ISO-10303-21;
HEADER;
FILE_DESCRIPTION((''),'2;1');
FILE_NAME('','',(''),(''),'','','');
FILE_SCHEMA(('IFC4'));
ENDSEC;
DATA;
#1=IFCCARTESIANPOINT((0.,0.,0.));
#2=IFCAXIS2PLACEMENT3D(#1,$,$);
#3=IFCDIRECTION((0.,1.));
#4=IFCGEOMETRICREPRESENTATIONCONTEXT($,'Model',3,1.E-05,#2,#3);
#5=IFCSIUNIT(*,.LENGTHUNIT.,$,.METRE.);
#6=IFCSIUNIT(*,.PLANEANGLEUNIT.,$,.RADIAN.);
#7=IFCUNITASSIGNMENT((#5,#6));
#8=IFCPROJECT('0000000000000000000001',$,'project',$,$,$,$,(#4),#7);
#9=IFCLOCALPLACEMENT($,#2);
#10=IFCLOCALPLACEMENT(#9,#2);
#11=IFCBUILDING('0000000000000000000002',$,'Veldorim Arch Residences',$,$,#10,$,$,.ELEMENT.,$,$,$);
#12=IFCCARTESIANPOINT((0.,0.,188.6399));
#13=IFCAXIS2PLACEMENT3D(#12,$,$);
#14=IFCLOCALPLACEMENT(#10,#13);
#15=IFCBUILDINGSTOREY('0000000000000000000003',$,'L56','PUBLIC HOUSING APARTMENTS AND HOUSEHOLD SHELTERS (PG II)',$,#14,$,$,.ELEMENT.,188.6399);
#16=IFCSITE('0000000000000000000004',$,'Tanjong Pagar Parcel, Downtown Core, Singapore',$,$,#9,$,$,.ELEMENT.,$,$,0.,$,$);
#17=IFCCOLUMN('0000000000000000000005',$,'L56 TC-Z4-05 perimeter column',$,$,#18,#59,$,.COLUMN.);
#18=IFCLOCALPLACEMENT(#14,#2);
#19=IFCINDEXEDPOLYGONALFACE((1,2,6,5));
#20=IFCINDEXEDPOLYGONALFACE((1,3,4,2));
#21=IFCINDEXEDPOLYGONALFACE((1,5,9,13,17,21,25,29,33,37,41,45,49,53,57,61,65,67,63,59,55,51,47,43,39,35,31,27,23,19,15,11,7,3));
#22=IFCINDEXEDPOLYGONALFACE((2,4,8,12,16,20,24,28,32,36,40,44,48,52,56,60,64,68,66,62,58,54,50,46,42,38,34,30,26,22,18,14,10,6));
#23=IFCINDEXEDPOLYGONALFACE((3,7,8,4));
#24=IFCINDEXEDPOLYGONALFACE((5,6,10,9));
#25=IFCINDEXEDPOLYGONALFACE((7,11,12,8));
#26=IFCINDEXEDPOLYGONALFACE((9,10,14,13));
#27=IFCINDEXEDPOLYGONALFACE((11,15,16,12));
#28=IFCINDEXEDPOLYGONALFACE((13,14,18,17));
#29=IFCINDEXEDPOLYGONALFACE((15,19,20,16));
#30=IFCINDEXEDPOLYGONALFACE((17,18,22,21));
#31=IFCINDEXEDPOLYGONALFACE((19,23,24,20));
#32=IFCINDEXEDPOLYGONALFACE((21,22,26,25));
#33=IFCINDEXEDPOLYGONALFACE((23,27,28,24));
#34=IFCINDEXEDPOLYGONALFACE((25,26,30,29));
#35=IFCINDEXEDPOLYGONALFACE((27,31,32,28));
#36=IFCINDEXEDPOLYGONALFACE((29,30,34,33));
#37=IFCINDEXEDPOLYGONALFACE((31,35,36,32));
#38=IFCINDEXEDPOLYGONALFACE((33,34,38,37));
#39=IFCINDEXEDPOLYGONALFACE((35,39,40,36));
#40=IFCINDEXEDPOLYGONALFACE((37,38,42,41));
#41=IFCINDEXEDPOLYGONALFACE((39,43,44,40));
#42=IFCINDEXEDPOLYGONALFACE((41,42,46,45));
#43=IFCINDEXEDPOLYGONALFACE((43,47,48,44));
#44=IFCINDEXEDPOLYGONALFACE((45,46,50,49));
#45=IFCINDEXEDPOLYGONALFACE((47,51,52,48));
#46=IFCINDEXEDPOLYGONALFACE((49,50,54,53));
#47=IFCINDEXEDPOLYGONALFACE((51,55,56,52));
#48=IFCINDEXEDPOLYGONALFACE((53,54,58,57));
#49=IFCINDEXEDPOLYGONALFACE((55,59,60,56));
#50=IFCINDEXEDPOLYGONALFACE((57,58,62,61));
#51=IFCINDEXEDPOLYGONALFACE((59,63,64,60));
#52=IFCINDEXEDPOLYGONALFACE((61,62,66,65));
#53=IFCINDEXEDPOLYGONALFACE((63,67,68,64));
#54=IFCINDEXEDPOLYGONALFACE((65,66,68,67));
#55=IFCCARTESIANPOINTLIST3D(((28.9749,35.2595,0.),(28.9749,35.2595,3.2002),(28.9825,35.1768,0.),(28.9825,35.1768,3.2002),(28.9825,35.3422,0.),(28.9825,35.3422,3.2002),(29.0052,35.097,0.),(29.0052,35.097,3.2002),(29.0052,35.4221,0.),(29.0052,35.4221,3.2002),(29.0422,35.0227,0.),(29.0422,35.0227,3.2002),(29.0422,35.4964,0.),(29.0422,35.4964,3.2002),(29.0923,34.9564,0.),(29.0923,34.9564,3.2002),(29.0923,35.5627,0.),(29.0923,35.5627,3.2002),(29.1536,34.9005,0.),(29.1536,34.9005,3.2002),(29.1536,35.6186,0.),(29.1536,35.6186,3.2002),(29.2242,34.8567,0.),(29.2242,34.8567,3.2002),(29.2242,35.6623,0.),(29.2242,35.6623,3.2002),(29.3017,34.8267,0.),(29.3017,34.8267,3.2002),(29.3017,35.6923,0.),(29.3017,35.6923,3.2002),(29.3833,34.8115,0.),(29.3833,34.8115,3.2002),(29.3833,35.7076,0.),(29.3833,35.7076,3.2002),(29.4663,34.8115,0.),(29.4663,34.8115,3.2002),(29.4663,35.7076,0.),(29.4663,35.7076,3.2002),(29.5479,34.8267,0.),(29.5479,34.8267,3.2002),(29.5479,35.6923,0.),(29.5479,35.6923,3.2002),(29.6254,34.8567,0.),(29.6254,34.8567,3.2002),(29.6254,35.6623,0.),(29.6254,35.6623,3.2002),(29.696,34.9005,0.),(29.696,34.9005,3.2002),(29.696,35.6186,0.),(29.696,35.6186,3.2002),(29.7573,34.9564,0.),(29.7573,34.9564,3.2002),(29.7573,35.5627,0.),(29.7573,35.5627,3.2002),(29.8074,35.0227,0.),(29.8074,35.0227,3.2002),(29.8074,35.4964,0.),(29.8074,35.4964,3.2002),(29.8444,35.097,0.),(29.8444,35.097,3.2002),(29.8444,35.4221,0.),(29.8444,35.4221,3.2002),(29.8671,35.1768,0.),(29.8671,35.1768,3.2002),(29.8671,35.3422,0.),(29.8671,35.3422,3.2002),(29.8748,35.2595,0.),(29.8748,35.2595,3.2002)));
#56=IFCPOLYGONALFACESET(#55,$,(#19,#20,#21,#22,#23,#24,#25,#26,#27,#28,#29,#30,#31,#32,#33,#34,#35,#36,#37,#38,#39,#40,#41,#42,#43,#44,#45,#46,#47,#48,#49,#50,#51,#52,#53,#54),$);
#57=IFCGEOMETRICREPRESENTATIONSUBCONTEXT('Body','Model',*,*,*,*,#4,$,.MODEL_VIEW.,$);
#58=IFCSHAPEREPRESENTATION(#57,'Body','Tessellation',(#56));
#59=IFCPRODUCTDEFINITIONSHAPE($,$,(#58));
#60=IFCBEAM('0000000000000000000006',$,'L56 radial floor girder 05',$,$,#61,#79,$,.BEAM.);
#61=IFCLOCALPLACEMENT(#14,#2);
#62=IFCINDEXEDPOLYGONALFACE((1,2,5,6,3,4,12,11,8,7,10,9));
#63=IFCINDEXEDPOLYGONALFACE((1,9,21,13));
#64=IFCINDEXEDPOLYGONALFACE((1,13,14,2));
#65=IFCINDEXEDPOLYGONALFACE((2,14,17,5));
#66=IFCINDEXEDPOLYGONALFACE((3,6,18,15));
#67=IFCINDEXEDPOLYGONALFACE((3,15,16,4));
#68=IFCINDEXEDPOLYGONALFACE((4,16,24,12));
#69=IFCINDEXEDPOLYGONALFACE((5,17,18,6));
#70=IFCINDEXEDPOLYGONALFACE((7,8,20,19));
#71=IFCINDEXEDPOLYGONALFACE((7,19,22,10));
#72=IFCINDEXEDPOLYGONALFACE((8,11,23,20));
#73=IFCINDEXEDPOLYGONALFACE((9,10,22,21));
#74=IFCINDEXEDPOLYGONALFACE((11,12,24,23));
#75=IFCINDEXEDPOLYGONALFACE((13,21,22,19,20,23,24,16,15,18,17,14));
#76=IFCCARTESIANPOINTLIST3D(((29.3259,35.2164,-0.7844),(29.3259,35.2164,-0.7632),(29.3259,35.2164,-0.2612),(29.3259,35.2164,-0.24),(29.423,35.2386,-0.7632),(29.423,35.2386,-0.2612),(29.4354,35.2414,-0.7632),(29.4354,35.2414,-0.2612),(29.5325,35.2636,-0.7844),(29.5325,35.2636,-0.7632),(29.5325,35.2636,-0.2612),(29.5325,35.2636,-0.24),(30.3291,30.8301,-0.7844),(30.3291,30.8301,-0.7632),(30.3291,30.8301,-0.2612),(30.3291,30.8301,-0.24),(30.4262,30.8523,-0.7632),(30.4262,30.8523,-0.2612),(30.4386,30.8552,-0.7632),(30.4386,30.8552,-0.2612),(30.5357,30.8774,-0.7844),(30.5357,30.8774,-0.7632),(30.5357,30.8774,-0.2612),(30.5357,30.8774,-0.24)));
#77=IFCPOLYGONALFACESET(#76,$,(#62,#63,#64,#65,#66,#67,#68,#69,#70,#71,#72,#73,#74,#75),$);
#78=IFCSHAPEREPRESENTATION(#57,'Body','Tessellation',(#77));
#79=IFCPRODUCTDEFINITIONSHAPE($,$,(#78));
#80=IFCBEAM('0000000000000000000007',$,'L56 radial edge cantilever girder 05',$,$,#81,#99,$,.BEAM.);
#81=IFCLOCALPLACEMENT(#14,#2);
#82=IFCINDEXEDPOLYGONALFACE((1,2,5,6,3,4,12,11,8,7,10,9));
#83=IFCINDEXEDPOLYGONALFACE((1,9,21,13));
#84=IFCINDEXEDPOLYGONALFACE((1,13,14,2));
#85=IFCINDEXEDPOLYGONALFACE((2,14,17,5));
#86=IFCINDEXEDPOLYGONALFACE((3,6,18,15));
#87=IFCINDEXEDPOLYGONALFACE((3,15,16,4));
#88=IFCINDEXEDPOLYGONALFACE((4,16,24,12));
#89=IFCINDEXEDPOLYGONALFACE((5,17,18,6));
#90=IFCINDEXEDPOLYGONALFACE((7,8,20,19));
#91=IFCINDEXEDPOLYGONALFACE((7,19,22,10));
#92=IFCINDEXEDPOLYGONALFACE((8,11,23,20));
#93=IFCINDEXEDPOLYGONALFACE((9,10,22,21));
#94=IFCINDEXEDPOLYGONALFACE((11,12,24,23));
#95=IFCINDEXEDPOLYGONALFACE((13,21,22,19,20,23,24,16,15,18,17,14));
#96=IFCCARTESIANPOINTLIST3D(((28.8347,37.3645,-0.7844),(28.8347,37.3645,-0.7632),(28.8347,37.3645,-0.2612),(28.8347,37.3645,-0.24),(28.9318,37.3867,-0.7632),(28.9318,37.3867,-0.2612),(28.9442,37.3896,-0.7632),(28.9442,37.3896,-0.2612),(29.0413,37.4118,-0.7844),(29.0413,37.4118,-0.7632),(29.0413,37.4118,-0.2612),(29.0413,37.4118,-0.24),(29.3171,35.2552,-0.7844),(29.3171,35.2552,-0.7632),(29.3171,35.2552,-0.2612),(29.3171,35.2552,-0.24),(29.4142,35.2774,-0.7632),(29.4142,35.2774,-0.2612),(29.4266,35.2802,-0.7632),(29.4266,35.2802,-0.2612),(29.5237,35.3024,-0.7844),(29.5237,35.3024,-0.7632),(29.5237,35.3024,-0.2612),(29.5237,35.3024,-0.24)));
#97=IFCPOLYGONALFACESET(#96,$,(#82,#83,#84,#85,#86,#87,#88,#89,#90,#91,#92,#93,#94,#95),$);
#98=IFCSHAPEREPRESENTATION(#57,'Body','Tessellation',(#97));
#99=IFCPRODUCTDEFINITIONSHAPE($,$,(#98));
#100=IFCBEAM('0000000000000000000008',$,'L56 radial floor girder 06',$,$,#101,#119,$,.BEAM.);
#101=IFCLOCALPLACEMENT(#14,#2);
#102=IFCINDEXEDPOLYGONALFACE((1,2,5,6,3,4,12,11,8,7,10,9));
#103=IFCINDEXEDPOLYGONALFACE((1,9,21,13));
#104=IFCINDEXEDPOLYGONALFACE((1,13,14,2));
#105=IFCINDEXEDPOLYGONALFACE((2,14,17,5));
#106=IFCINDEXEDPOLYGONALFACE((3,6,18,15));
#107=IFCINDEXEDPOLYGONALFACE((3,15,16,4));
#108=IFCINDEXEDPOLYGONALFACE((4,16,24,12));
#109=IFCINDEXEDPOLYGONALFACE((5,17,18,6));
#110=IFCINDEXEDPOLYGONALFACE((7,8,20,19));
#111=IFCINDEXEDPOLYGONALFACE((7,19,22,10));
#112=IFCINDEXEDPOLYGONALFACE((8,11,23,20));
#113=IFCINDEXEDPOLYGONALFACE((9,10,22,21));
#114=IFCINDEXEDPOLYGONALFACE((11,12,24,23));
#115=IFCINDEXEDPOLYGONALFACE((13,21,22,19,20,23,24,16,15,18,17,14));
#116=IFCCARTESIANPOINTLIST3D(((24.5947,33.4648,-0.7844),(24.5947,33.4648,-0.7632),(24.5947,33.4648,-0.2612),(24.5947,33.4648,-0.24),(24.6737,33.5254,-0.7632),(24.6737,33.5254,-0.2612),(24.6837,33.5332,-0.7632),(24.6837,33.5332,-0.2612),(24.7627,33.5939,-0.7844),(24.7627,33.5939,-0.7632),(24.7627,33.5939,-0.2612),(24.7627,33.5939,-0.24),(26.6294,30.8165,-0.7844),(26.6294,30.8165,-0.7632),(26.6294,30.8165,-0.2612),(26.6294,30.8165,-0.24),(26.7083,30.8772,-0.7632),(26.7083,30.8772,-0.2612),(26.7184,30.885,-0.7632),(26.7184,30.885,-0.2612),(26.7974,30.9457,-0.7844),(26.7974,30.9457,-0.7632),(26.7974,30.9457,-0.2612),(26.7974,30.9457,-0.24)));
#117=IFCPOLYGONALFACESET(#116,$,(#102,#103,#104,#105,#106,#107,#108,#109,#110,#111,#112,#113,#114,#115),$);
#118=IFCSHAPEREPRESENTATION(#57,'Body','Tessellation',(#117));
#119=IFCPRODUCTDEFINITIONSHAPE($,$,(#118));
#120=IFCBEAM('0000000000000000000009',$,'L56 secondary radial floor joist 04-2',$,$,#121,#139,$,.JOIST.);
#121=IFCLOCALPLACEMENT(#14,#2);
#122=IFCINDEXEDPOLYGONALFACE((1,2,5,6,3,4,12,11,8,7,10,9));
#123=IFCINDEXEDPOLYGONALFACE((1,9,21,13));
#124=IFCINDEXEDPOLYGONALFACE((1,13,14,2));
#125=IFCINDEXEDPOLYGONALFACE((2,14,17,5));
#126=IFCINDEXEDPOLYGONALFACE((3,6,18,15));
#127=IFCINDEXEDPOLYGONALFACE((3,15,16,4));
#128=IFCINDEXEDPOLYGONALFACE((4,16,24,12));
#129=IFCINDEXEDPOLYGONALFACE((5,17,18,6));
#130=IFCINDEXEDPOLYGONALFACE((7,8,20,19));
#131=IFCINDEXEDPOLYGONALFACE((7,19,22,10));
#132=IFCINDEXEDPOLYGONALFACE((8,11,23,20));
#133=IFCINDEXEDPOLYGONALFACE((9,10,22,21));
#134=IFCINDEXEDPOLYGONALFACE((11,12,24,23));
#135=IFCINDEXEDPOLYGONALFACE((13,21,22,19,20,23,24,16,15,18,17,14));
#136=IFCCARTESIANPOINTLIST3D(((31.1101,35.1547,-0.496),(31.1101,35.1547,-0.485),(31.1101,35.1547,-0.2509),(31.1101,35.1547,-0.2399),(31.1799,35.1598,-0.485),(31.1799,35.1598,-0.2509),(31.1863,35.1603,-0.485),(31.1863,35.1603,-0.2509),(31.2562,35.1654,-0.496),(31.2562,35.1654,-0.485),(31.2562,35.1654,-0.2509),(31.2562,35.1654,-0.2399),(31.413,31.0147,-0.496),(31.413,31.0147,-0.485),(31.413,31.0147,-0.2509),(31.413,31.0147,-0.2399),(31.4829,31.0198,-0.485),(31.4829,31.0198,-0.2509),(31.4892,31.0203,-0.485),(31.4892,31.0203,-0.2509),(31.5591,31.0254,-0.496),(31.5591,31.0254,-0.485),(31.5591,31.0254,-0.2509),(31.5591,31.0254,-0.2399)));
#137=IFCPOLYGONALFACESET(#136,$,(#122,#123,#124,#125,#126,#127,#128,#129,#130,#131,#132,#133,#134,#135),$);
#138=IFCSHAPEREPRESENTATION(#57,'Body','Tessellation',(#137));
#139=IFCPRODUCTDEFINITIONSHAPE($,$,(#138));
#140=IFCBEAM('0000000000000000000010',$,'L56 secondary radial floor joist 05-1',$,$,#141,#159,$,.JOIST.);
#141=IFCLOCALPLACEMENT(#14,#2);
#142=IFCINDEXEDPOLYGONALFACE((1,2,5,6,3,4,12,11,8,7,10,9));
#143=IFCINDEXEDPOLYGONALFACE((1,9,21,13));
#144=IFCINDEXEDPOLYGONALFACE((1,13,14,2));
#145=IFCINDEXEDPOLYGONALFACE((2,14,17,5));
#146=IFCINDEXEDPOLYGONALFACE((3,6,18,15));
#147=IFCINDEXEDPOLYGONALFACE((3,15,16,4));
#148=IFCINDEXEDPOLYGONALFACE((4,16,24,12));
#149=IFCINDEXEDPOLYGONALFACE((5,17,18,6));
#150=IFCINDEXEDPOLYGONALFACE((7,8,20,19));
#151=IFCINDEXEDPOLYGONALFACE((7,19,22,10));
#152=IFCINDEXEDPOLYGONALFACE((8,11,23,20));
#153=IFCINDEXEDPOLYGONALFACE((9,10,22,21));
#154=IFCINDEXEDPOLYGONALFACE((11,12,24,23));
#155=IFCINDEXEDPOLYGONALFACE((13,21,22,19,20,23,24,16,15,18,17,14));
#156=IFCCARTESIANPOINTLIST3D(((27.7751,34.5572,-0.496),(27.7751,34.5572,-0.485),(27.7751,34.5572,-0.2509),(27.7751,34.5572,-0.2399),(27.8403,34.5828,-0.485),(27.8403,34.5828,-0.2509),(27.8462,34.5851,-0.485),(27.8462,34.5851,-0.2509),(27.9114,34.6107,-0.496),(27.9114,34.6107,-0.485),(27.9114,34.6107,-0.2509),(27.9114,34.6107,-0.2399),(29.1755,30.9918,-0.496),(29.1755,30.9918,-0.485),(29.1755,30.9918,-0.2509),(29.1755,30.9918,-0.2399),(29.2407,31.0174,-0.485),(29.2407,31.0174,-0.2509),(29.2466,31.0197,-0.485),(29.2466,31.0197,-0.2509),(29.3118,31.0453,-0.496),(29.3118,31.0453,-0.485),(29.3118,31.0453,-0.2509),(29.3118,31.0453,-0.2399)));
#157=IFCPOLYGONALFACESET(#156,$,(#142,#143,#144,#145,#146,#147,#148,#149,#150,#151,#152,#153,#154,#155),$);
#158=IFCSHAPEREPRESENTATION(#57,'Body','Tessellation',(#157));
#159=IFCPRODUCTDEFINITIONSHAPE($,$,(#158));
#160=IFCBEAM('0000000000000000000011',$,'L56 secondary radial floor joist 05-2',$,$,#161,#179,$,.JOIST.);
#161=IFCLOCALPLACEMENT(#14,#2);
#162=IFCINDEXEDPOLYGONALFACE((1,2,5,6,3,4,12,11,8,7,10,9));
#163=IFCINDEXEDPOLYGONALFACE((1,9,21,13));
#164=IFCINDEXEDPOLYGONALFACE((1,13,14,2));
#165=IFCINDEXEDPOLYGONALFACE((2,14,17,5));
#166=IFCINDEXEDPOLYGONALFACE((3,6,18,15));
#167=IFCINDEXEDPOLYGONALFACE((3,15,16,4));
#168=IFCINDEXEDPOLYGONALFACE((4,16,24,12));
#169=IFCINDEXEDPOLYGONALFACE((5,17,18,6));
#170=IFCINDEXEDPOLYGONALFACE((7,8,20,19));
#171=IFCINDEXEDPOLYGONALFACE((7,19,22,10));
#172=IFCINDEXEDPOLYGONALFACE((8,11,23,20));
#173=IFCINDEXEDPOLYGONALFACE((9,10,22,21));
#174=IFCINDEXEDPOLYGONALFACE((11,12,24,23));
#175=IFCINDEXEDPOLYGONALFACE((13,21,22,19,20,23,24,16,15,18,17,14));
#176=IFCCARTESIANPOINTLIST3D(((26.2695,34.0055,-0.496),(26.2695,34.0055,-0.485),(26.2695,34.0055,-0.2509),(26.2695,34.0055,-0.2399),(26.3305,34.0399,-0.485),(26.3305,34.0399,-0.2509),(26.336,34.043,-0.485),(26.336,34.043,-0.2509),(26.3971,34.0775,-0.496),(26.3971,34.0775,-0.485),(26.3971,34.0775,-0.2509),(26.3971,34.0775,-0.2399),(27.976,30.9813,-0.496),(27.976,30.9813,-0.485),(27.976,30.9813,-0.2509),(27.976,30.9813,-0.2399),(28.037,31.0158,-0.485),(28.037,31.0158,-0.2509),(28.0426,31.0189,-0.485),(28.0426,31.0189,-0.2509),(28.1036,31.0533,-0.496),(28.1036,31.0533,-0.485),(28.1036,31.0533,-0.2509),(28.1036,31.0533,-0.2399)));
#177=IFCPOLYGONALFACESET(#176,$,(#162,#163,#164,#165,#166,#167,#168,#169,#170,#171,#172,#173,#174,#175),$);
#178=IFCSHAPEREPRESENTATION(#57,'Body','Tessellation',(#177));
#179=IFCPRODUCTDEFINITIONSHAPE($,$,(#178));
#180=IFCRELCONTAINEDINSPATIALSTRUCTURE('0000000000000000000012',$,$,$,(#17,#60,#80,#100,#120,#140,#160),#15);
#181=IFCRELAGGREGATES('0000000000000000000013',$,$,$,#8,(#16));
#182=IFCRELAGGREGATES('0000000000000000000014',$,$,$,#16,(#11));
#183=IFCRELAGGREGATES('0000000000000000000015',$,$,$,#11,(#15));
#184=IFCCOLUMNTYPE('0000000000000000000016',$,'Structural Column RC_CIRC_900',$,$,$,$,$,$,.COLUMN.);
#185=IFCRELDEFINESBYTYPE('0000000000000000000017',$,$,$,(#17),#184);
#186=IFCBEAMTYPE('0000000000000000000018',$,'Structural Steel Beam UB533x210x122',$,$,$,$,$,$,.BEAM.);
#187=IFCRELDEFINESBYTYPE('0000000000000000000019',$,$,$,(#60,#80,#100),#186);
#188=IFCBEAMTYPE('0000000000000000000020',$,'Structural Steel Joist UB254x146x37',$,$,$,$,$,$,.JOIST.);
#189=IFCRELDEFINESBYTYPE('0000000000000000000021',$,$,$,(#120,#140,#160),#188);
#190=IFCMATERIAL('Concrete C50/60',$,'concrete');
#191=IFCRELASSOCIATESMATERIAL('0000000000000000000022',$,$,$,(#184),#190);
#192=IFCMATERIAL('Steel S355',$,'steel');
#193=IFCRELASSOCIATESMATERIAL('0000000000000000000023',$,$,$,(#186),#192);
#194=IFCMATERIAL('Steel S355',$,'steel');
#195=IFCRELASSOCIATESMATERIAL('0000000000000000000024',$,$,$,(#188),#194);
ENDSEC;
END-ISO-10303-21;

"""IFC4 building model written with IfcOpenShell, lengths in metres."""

from ifc_helpers import new_model, si_unit, direction, frame, origin, origin_2d, place, context, subcontext, project, spatial, circle, i_section, extrude, material, material_profile, profile_set, type_object, element, save


model = new_model("IFC4")

# Units and contexts
model_context = context("Model", 3, precision=1e-05, world=origin(), true_north=direction((0.0, 1.0)))
body_context = subcontext(model_context, "Body", "Model", "MODEL_VIEW")
ifc_project = project(units=[si_unit("LENGTHUNIT", "METRE"), si_unit("PLANEANGLEUNIT", "RADIAN")], contexts=[model_context])

# Site, building, storey
site_placement = place(None, origin())
site = spatial("IfcSite", under=ifc_project, at=site_placement, Name="Tanjong Pagar Parcel, Downtown Core, Singapore", CompositionType="ELEMENT", RefElevation=0.0)
building_placement = place(site_placement, origin())
building = spatial("IfcBuilding", under=site, at=building_placement, Name="Veldorim Arch Residences", CompositionType="ELEMENT")
storey_placement = place(building_placement, frame((0.0, 0.0, 188.6399)))
storey = spatial("IfcBuildingStorey", under=building, at=storey_placement, Name="L56", Description="PUBLIC HOUSING APARTMENTS AND HOUSEHOLD SHELTERS (PG II)", CompositionType="ELEMENT", Elevation=188.6399)

# Column
ifc_material_1 = material(Name="Concrete C50/60", Category="concrete")
ifc_material_profile_1 = material_profile(ifc_material_1, circle(Radius=0.45, at=origin_2d()), Name="RC_CIRC_900")
ifc_profile_set_1 = profile_set([ifc_material_profile_1], Name="Concrete C50/60")
column_type = type_object("IfcColumnType", Name="Structural Column RC_CIRC_900", PredefinedType="COLUMN", material=ifc_profile_set_1)
column_placement = place(storey_placement, frame((29.4248, 35.2595, 0.0), z_axis=(0.0, 0.0, 1.0), x_axis=(1.0, 0.0, 0.0)))
element("IfcColumn", 1, at=column_placement, inside=storey, type_object=column_type, Name="L56 TC-Z4-05 perimeter column", PredefinedType="COLUMN", context=body_context, shape_type="SweptSolid", body=[
    extrude(circle(Radius=0.45, at=origin_2d()), origin(), (0.0, 0.0, 1.0), 3.2002),
])

# Beams
ifc_material_2 = material(Name="Steel S355", Category="steel")
ifc_material_profile_2 = material_profile(ifc_material_2, i_section(OverallWidth=0.2119, OverallDepth=0.5444, WebThickness=0.0127, FlangeThickness=0.0212, at=origin_2d()), Name="UB533x210x122")
ifc_profile_set_2 = profile_set([ifc_material_profile_2], Name="Steel S355")
beam_type_1 = type_object("IfcBeamType", Name="Structural Steel Beam UB533x210x122", PredefinedType="BEAM", material=ifc_profile_set_2)
beam_1_placement = place(storey_placement, frame((30.4324, 30.8538, -0.5122), z_axis=(-0.222953, 0.974829, 0.0), x_axis=(-0.974829, -0.222953, 0.0)))
element("IfcBeam", 2, at=beam_1_placement, inside=storey, type_object=beam_type_1, Name="L56 radial floor girder 05", PredefinedType="BEAM", context=body_context, shape_type="SweptSolid", body=[
    extrude(i_section(OverallWidth=0.2119, OverallDepth=0.5444, WebThickness=0.0127, FlangeThickness=0.0212, at=origin_2d()), origin(), (0.0, 0.0, 1.0), 4.4995),
])
beam_2_placement = place(storey_placement, frame((29.4204, 35.2788, -0.5122), z_axis=(-0.222947, 0.97483, 0.0), x_axis=(-0.97483, -0.222947, 0.0)))
element("IfcBeam", 3, at=beam_2_placement, inside=storey, type_object=beam_type_1, Name="L56 radial edge cantilever girder 05", PredefinedType="BEAM", context=body_context, shape_type="SweptSolid", body=[
    extrude(i_section(OverallWidth=0.2119, OverallDepth=0.5444, WebThickness=0.0127, FlangeThickness=0.0212, at=origin_2d()), origin(), (0.0, 0.0, 1.0), 2.1638),
])
beam_3_placement = place(storey_placement, frame((26.7134, 30.8811, -0.5122), z_axis=(-0.609258, 0.792972, 0.0), x_axis=(-0.792972, -0.609258, 0.0)))
element("IfcBeam", 4, at=beam_3_placement, inside=storey, type_object=beam_type_1, Name="L56 radial floor girder 06", PredefinedType="BEAM", context=body_context, shape_type="SweptSolid", body=[
    extrude(i_section(OverallWidth=0.2119, OverallDepth=0.5444, WebThickness=0.0127, FlangeThickness=0.0212, at=origin_2d()), origin(), (0.0, 0.0, 1.0), 3.3396),
])
ifc_material_3 = material(Name="Steel S355", Category="steel")
ifc_material_profile_3 = material_profile(ifc_material_3, i_section(OverallWidth=0.1465, OverallDepth=0.2561, WebThickness=0.0063, FlangeThickness=0.011, at=origin_2d()), Name="UB254x146x37")
ifc_profile_set_3 = profile_set([ifc_material_profile_3], Name="Steel S355")
beam_type_2 = type_object("IfcBeamType", Name="Structural Steel Joist UB254x146x37", PredefinedType="JOIST", material=ifc_profile_set_3)
beam_4_placement = place(storey_placement, frame((31.4861, 31.02, -0.3679), z_axis=(-0.072986, 0.997333, 0.0), x_axis=(-0.997333, -0.072986, 0.0)))
element("IfcBeam", 5, at=beam_4_placement, inside=storey, type_object=beam_type_2, Name="L56 secondary radial floor joist 04-2", PredefinedType="JOIST", context=body_context, shape_type="SweptSolid", body=[
    extrude(i_section(OverallWidth=0.1465, OverallDepth=0.2561, WebThickness=0.0063, FlangeThickness=0.011, at=origin_2d()), origin(), (0.0, 0.0, 1.0), 4.1511),
])
beam_5_placement = place(storey_placement, frame((29.2437, 31.0186, -0.3679), z_axis=(-0.365581, 0.930779, 0.0), x_axis=(-0.930779, -0.365581, 0.0)))
element("IfcBeam", 6, at=beam_5_placement, inside=storey, type_object=beam_type_2, Name="L56 secondary radial floor joist 05-1", PredefinedType="JOIST", context=body_context, shape_type="SweptSolid", body=[
    extrude(i_section(OverallWidth=0.1465, OverallDepth=0.2561, WebThickness=0.0063, FlangeThickness=0.011, at=origin_2d()), origin(), (0.0, 0.0, 1.0), 3.8306),
])
beam_6_placement = place(storey_placement, frame((28.0398, 31.0173, -0.3679), z_axis=(-0.491452, 0.870904, 0.0), x_axis=(-0.870904, -0.491452, 0.0)))
element("IfcBeam", 7, at=beam_6_placement, inside=storey, type_object=beam_type_2, Name="L56 secondary radial floor joist 05-2", PredefinedType="JOIST", context=body_context, shape_type="SweptSolid", body=[
    extrude(i_section(OverallWidth=0.1465, OverallDepth=0.2561, WebThickness=0.0063, FlangeThickness=0.011, at=origin_2d()), origin(), (0.0, 0.0, 1.0), 3.4724),
])

save(model, "model.ifc")
